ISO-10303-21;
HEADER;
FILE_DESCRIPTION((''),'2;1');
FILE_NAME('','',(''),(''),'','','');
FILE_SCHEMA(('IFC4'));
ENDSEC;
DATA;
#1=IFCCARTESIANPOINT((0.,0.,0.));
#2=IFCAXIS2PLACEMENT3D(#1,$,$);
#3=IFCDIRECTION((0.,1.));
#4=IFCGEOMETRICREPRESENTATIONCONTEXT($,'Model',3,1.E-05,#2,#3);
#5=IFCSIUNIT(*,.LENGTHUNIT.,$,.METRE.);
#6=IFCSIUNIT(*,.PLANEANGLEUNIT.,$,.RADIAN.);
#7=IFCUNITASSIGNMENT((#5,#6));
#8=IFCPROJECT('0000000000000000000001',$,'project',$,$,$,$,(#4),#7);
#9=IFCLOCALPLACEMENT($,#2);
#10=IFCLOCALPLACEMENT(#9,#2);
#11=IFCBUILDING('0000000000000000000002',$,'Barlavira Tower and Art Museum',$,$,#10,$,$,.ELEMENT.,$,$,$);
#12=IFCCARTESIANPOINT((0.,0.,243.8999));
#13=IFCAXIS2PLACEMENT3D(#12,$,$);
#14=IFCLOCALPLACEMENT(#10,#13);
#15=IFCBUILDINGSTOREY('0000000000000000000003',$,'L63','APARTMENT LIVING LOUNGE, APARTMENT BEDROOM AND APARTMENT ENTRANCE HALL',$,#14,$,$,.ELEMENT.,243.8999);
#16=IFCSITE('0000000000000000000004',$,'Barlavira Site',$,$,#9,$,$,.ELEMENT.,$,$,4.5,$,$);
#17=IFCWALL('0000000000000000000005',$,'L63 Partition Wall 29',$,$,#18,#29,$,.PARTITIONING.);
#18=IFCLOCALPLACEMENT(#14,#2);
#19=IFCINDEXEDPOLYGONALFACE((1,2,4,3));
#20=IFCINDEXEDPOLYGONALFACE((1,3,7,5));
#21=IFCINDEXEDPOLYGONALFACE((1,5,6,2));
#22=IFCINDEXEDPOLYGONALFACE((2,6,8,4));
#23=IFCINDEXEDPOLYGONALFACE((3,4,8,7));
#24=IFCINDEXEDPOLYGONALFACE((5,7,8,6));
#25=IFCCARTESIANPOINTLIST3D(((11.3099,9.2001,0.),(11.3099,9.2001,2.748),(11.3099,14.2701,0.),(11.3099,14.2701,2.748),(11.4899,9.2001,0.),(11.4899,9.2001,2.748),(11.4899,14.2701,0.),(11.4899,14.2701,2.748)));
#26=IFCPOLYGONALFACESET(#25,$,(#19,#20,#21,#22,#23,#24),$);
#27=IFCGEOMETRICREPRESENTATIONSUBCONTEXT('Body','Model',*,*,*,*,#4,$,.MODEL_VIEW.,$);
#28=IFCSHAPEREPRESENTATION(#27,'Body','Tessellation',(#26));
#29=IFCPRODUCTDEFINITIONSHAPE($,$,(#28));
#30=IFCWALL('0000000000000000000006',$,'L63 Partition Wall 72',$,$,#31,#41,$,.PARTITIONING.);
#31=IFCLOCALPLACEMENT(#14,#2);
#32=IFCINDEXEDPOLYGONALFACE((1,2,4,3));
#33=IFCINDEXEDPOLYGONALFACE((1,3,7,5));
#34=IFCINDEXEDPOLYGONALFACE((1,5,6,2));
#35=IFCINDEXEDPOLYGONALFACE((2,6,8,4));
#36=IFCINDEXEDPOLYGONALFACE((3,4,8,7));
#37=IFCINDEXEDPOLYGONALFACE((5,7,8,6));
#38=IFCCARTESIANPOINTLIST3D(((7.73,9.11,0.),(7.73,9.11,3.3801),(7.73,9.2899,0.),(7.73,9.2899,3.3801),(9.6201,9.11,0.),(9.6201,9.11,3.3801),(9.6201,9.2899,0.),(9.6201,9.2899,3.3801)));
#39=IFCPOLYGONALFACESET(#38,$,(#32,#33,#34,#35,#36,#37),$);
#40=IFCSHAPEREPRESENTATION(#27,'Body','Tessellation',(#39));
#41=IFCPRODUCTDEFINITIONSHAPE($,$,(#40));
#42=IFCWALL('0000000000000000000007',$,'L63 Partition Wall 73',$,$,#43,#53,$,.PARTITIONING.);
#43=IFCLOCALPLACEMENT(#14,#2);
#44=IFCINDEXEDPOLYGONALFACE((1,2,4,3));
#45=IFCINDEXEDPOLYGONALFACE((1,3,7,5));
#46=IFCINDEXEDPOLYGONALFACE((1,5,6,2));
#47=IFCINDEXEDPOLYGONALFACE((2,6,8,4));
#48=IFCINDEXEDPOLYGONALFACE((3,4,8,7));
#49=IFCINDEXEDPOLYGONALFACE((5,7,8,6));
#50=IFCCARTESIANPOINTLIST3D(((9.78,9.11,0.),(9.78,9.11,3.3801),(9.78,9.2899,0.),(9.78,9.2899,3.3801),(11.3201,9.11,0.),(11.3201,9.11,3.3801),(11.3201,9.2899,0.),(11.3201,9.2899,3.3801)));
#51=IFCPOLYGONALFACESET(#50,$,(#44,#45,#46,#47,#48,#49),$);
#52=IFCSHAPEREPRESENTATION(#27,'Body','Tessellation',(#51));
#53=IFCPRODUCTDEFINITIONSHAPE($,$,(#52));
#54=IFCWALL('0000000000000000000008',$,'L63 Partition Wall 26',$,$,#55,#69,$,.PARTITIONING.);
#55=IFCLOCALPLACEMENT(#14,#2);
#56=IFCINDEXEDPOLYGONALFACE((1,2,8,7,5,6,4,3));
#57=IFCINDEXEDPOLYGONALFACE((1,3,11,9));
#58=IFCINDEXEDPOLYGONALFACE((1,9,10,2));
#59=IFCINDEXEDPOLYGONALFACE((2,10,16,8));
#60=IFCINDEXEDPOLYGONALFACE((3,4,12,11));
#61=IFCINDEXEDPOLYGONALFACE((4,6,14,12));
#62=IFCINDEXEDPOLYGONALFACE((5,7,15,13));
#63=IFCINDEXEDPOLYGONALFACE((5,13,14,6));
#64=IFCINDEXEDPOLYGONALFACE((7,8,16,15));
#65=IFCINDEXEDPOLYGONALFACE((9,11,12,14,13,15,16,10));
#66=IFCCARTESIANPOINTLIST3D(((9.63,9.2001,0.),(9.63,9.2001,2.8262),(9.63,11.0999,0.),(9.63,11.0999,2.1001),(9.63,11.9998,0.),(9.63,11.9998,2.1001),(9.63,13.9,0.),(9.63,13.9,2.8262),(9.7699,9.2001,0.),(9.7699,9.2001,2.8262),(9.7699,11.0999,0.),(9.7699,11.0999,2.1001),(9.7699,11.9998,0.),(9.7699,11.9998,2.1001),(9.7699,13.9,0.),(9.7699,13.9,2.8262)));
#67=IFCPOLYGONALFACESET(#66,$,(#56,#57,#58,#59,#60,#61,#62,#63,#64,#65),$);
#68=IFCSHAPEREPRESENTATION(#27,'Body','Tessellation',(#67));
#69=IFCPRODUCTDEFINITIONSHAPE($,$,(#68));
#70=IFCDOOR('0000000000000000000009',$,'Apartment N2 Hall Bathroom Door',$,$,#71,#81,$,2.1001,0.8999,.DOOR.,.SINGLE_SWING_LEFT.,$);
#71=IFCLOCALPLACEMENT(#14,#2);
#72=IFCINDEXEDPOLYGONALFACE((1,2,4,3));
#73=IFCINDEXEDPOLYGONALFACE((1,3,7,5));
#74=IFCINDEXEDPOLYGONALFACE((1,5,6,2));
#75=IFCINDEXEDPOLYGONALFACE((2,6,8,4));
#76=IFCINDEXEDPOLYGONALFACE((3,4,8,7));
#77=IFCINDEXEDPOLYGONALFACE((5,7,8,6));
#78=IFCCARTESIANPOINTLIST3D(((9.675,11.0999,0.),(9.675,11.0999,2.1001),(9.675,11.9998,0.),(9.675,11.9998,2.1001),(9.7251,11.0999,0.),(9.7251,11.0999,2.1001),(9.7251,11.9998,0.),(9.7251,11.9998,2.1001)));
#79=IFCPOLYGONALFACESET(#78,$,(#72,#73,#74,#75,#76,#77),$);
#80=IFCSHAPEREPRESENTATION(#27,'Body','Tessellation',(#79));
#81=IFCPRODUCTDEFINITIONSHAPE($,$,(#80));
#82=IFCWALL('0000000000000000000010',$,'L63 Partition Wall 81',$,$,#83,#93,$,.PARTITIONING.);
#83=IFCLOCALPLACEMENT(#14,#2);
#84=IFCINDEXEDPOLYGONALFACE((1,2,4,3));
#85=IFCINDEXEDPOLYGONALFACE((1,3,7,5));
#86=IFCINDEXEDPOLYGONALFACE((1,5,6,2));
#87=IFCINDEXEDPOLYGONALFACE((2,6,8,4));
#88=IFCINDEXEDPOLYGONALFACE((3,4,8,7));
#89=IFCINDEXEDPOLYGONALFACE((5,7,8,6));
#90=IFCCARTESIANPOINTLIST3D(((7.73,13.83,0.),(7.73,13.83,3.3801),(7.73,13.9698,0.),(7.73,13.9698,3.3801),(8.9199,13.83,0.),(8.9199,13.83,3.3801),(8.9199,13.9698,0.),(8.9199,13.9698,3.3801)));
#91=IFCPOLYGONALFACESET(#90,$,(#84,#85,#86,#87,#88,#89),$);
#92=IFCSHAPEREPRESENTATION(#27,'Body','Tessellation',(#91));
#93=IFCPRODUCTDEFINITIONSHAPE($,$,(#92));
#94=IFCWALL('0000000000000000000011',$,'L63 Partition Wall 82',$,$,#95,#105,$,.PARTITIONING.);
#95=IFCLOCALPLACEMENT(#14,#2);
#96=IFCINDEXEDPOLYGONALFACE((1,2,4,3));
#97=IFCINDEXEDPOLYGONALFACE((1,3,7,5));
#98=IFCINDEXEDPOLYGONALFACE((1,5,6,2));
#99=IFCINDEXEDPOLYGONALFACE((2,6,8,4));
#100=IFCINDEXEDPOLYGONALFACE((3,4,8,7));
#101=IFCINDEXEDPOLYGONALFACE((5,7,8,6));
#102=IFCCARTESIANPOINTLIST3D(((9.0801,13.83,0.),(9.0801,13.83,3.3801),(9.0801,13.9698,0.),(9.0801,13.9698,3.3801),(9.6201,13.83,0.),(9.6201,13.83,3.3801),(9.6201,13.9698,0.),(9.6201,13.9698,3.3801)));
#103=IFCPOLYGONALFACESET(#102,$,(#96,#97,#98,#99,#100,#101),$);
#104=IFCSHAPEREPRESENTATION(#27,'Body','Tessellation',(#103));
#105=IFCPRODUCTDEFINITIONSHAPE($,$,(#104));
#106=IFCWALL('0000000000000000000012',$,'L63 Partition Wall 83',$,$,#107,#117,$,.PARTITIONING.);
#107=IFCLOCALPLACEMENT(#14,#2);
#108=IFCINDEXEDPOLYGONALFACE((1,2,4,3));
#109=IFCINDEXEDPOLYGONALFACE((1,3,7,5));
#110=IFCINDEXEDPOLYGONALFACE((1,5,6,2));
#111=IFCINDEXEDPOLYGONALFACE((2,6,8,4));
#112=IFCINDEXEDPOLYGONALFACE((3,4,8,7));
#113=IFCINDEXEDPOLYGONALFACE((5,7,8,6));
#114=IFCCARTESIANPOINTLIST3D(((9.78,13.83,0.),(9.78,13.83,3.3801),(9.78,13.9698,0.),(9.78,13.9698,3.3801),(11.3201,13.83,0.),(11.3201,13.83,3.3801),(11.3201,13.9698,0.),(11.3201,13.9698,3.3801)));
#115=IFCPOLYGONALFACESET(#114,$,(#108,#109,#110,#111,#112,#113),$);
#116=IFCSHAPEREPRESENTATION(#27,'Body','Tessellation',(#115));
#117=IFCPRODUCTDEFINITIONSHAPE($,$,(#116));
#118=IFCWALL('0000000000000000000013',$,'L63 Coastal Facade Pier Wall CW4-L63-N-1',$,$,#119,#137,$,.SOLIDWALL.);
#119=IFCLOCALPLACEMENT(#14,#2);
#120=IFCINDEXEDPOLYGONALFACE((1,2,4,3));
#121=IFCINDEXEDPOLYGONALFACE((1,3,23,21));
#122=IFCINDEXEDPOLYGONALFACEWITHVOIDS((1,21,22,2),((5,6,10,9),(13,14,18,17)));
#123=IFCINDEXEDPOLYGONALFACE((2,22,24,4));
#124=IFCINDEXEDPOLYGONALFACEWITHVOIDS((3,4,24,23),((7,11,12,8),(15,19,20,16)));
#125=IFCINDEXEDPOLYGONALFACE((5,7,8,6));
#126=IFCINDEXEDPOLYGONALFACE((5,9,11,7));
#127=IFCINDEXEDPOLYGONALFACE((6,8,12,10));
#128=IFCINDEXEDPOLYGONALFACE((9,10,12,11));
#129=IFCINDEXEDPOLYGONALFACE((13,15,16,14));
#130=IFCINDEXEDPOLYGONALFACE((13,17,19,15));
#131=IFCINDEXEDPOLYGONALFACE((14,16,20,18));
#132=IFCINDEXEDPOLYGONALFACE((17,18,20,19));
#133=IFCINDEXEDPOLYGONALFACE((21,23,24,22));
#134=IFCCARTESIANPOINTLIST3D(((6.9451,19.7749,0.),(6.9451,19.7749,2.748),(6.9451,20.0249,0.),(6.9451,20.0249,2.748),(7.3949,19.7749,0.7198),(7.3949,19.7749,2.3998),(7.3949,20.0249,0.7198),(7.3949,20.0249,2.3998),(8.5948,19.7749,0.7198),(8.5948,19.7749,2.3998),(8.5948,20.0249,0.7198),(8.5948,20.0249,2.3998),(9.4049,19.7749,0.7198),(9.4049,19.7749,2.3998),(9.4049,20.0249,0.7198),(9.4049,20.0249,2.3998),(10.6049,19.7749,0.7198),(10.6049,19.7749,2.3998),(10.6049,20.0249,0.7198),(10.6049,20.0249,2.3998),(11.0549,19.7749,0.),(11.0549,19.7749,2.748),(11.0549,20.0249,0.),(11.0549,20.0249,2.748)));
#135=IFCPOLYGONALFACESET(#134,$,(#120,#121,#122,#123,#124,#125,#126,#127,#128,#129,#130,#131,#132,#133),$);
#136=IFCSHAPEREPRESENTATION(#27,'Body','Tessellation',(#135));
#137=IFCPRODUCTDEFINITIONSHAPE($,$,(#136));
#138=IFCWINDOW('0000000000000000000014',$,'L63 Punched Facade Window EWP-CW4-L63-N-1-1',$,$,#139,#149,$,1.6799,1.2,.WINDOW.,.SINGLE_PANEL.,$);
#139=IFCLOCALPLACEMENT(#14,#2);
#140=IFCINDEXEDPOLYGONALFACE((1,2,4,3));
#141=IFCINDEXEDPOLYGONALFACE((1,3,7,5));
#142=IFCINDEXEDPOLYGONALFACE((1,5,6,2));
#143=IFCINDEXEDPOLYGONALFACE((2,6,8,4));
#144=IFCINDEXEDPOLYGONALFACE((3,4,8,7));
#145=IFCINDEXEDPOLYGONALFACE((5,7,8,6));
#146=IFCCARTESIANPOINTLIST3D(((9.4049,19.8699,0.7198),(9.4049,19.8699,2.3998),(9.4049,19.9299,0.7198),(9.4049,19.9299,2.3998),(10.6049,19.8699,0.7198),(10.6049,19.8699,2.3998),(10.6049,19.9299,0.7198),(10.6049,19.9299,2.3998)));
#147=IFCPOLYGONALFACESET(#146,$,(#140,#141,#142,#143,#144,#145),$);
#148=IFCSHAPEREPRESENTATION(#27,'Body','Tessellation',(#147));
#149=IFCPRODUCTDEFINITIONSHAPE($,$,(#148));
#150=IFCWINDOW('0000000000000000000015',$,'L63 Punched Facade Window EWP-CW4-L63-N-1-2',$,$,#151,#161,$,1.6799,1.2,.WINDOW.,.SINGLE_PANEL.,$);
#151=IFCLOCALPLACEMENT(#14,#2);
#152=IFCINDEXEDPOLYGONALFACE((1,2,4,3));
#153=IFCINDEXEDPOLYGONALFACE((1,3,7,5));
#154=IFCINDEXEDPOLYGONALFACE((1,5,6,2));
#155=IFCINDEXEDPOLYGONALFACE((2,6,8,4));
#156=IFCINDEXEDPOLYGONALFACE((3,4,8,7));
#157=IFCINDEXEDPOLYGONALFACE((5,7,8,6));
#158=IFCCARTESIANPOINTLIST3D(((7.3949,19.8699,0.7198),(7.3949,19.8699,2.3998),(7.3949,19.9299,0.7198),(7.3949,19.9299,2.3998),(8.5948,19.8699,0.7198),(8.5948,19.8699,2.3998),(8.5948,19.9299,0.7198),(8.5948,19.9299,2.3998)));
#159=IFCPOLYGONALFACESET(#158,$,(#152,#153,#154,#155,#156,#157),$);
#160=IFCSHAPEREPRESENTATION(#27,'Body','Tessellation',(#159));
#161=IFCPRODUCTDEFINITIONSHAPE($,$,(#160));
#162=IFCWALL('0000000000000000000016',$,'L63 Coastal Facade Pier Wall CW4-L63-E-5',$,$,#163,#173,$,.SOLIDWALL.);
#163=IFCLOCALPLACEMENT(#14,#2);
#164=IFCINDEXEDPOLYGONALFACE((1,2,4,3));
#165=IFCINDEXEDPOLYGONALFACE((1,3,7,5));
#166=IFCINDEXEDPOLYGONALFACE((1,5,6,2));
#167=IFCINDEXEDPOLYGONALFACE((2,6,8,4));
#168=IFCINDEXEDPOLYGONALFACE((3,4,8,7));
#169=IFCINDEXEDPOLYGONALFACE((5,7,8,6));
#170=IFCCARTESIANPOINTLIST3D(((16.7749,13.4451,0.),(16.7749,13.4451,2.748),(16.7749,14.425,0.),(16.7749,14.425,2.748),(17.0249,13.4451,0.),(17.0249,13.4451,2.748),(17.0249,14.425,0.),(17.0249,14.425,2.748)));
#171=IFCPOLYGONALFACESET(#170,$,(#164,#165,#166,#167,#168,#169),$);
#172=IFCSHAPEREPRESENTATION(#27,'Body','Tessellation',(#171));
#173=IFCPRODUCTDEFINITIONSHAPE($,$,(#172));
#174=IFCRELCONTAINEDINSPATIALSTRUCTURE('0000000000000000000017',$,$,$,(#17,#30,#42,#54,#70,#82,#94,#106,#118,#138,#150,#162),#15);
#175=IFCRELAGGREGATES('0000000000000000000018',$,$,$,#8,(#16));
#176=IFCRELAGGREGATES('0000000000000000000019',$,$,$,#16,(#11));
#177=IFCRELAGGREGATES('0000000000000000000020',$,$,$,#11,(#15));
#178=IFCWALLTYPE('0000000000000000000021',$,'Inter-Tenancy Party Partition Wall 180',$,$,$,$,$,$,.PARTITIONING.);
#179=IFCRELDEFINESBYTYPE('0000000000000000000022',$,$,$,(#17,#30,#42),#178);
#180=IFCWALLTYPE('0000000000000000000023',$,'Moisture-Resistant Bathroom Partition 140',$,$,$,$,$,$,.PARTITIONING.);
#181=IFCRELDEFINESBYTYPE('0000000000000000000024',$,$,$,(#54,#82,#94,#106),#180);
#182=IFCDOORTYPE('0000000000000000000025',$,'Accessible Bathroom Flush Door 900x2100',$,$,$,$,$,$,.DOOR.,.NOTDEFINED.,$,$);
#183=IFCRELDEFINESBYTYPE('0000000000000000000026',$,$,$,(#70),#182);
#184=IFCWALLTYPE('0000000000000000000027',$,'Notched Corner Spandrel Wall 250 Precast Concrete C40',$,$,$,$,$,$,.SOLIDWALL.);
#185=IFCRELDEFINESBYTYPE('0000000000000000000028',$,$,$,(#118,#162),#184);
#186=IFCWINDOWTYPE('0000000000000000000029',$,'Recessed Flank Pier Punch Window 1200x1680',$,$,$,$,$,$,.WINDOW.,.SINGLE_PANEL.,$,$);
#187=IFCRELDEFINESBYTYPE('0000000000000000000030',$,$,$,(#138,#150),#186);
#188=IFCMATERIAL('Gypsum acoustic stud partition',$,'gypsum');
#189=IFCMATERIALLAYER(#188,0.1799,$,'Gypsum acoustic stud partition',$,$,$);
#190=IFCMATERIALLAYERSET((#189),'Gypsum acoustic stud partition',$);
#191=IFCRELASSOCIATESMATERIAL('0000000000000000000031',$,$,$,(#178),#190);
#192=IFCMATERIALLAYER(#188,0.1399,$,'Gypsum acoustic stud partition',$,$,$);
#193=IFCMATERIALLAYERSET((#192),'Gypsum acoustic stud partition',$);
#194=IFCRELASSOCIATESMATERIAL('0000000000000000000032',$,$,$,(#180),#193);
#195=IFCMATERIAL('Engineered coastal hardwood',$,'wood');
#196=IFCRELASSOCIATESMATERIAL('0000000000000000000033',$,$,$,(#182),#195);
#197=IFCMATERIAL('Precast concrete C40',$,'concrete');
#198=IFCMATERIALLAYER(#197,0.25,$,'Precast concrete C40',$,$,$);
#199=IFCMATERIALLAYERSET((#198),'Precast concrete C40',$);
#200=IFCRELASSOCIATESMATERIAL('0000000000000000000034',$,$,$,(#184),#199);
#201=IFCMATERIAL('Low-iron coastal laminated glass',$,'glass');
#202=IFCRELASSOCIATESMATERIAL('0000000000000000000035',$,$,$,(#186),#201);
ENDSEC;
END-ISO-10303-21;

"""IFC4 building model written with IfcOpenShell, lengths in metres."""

from ifc_helpers import new_model, si_unit, direction, frame, frame_2d, origin, place, context, subcontext, project, spatial, rectangle, extrude, material, layer, layer_set, type_object, element, fill, save


model = new_model("IFC4")

# Units and contexts
model_context = context("Model", 3, precision=1e-05, world=origin(), true_north=direction((0.0, 1.0)))
body_context = subcontext(model_context, "Body", "Model", "MODEL_VIEW")
ifc_project = project(units=[si_unit("LENGTHUNIT", "METRE"), si_unit("PLANEANGLEUNIT", "RADIAN")], contexts=[model_context])

# Site, building, storey
site_placement = place(None, origin())
site = spatial("IfcSite", under=ifc_project, at=site_placement, Name="Barlavira Site", CompositionType="ELEMENT", RefElevation=4.5)
building_placement = place(site_placement, origin())
building = spatial("IfcBuilding", under=site, at=building_placement, Name="Barlavira Tower and Art Museum", CompositionType="ELEMENT")
storey_placement = place(building_placement, frame((0.0, 0.0, 243.8999)))
storey = spatial("IfcBuildingStorey", under=building, at=storey_placement, Name="L63", Description="APARTMENT LIVING LOUNGE, APARTMENT BEDROOM AND APARTMENT ENTRANCE HALL", CompositionType="ELEMENT", Elevation=243.8999)

# Shared definitions
ifc_material_1 = material(Name="Gypsum acoustic stud partition", Category="gypsum")
ifc_material_2 = material(Name="Engineered coastal hardwood", Category="wood")

# Walls
ifc_layer_1 = layer(ifc_material_1, 0.1799, Name="Gypsum acoustic stud partition")
ifc_layer_set_1 = layer_set([ifc_layer_1], Name="Gypsum acoustic stud partition")
wall_type_1 = type_object("IfcWallType", Name="Inter-Tenancy Party Partition Wall 180", PredefinedType="PARTITIONING", material=ifc_layer_set_1)
wall_1_placement = place(storey_placement, frame((11.3999, 9.2, 0.0), z_axis=(0.0, 0.0, 1.0), x_axis=(0.0, 1.0, 0.0)))
element("IfcWall", 1, at=wall_1_placement, inside=storey, type_object=wall_type_1, Name="L63 Partition Wall 29", PredefinedType="PARTITIONING", context=body_context, shape_type="SweptSolid", body=[
    extrude(rectangle(XDim=5.0701, YDim=0.1799, at=frame_2d((2.5352, 0.0))), origin(), (0.0, 0.0, 1.0), 2.748),
])
wall_2_placement = place(storey_placement, frame((7.73, 9.2, 0.0), z_axis=(0.0, 0.0, 1.0), x_axis=(1.0, 0.0, 0.0)))
element("IfcWall", 2, at=wall_2_placement, inside=storey, type_object=wall_type_1, Name="L63 Partition Wall 72", PredefinedType="PARTITIONING", context=body_context, shape_type="SweptSolid", body=[
    extrude(rectangle(XDim=1.8901, YDim=0.1799, at=frame_2d((0.9451, 0.0))), origin(), (0.0, 0.0, 1.0), 3.3801),
])
wall_3_placement = place(storey_placement, frame((9.78, 9.2, 0.0), z_axis=(0.0, 0.0, 1.0), x_axis=(1.0, 0.0, 0.0)))
element("IfcWall", 3, at=wall_3_placement, inside=storey, type_object=wall_type_1, Name="L63 Partition Wall 73", PredefinedType="PARTITIONING", context=body_context, shape_type="SweptSolid", body=[
    extrude(rectangle(XDim=1.54, YDim=0.1799, at=frame_2d((0.77, 0.0))), origin(), (0.0, 0.0, 1.0), 3.3801),
])

# Wall, opening, door
ifc_layer_2 = layer(ifc_material_1, 0.1399, Name="Gypsum acoustic stud partition")
ifc_layer_set_2 = layer_set([ifc_layer_2], Name="Gypsum acoustic stud partition")
wall_type_2 = type_object("IfcWallType", Name="Moisture-Resistant Bathroom Partition 140", PredefinedType="PARTITIONING", material=ifc_layer_set_2)
wall_4_placement = place(storey_placement, frame((9.7, 9.2, 0.0), z_axis=(0.0, 0.0, 1.0), x_axis=(0.0, 1.0, 0.0)))
wall_4 = element("IfcWall", 4, at=wall_4_placement, inside=storey, type_object=wall_type_2, Name="L63 Partition Wall 26", PredefinedType="PARTITIONING", context=body_context, shape_type="SweptSolid", body=[
    extrude(rectangle(XDim=4.7, YDim=0.1399, at=frame_2d((2.3501, 0.0))), origin(), (0.0, 0.0, 1.0), 2.8262),
])
opening_1_placement = place(wall_4_placement, frame((1.8999, 0.0, 0.0)))
opening_1 = element("IfcOpeningElement", 5, at=opening_1_placement, cuts=wall_4, PredefinedType="OPENING", context=body_context, shape_type="SweptSolid", body=[
    extrude(rectangle(XDim=0.8999, YDim=2.1001, at=frame_2d((0.45, 1.05))), frame((0.0, 0.0801, 0.0), z_axis=(0.0, -1.0, 0.0), x_axis=(1.0, 0.0, 0.0)), (0.0, 0.0, 1.0), 0.1599),
])
door_type_1 = type_object("IfcDoorType", Name="Accessible Bathroom Flush Door 900x2100", OperationType="NOTDEFINED", PredefinedType="DOOR", material=ifc_material_2)
door_1_placement = place(opening_1_placement, origin())
door_1 = element("IfcDoor", 6, at=door_1_placement, inside=storey, type_object=door_type_1, Name="Apartment N2 Hall Bathroom Door", OperationType="SINGLE_SWING_LEFT", OverallHeight=2.1001, OverallWidth=0.8999, PredefinedType="DOOR", context=body_context, shape_type="SweptSolid", body=[
    extrude(rectangle(XDim=0.8999, YDim=2.1001, at=frame_2d((0.45, 1.05))), frame((0.0, 0.0249, 0.0), z_axis=(0.0, -1.0, 0.0), x_axis=(1.0, 0.0, 0.0)), (0.0, 0.0, 1.0), 0.05),
])
fill(opening_1, door_1)

# Walls
wall_5_placement = place(storey_placement, frame((7.73, 13.8999, 0.0), z_axis=(0.0, 0.0, 1.0), x_axis=(1.0, 0.0, 0.0)))
element("IfcWall", 7, at=wall_5_placement, inside=storey, type_object=wall_type_2, Name="L63 Partition Wall 81", PredefinedType="PARTITIONING", context=body_context, shape_type="SweptSolid", body=[
    extrude(rectangle(XDim=1.1899, YDim=0.1399, at=frame_2d((0.595, 0.0))), origin(), (0.0, 0.0, 1.0), 3.3801),
])
wall_6_placement = place(storey_placement, frame((9.0801, 13.8999, 0.0), z_axis=(0.0, 0.0, 1.0), x_axis=(1.0, 0.0, 0.0)))
element("IfcWall", 8, at=wall_6_placement, inside=storey, type_object=wall_type_2, Name="L63 Partition Wall 82", PredefinedType="PARTITIONING", context=body_context, shape_type="SweptSolid", body=[
    extrude(rectangle(XDim=0.54, YDim=0.1399, at=frame_2d((0.27, 0.0))), origin(), (0.0, 0.0, 1.0), 3.3801),
])
wall_7_placement = place(storey_placement, frame((9.78, 13.8999, 0.0), z_axis=(0.0, 0.0, 1.0), x_axis=(1.0, 0.0, 0.0)))
element("IfcWall", 9, at=wall_7_placement, inside=storey, type_object=wall_type_2, Name="L63 Partition Wall 83", PredefinedType="PARTITIONING", context=body_context, shape_type="SweptSolid", body=[
    extrude(rectangle(XDim=1.54, YDim=0.1399, at=frame_2d((0.77, 0.0))), origin(), (0.0, 0.0, 1.0), 3.3801),
])

# Wall, openings, windows
ifc_material_3 = material(Name="Precast concrete C40", Category="concrete")
ifc_layer_3 = layer(ifc_material_3, 0.25, Name="Precast concrete C40")
ifc_layer_set_3 = layer_set([ifc_layer_3], Name="Precast concrete C40")
wall_type_3 = type_object("IfcWallType", Name="Notched Corner Spandrel Wall 250 Precast Concrete C40", PredefinedType="SOLIDWALL", material=ifc_layer_set_3)
wall_8_placement = place(storey_placement, frame((11.0549, 19.8999, 0.0), z_axis=(0.0, 0.0, 1.0), x_axis=(-1.0, 0.0, 0.0)))
wall_8 = element("IfcWall", 10, at=wall_8_placement, inside=storey, type_object=wall_type_3, Name="L63 Coastal Facade Pier Wall CW4-L63-N-1", PredefinedType="SOLIDWALL", context=body_context, shape_type="SweptSolid", body=[
    extrude(rectangle(XDim=4.1099, YDim=0.25, at=frame_2d((2.0549, 0.0))), origin(), (0.0, 0.0, 1.0), 2.748),
])
opening_2_placement = place(wall_8_placement, frame((0.45, 0.0, 0.72)))
opening_2 = element("IfcOpeningElement", 11, at=opening_2_placement, cuts=wall_8, PredefinedType="OPENING", context=body_context, shape_type="SweptSolid", body=[
    extrude(rectangle(XDim=1.2, YDim=1.6799, at=frame_2d((0.6001, 0.8398))), frame((0.0, 0.135, 0.0), z_axis=(0.0, -1.0, 0.0), x_axis=(1.0, 0.0, 0.0)), (0.0, 0.0, 1.0), 0.27),
])
opening_3_placement = place(wall_8_placement, frame((2.46, 0.0, 0.72)))
opening_3 = element("IfcOpeningElement", 12, at=opening_3_placement, cuts=wall_8, PredefinedType="OPENING", context=body_context, shape_type="SweptSolid", body=[
    extrude(rectangle(XDim=1.2, YDim=1.6799, at=frame_2d((0.6001, 0.8398))), frame((0.0, 0.135, 0.0), z_axis=(0.0, -1.0, 0.0), x_axis=(1.0, 0.0, 0.0)), (0.0, 0.0, 1.0), 0.27),
])
ifc_material_4 = material(Name="Low-iron coastal laminated glass", Category="glass")
window_type_1 = type_object("IfcWindowType", Name="Recessed Flank Pier Punch Window 1200x1680", PartitioningType="SINGLE_PANEL", PredefinedType="WINDOW", material=ifc_material_4)
window_1_placement = place(opening_2_placement, origin())
window_1 = element("IfcWindow", 13, at=window_1_placement, inside=storey, type_object=window_type_1, Name="L63 Punched Facade Window EWP-CW4-L63-N-1-1", OverallHeight=1.6799, OverallWidth=1.2, PartitioningType="SINGLE_PANEL", PredefinedType="WINDOW", context=body_context, shape_type="SweptSolid", body=[
    extrude(rectangle(XDim=1.2, YDim=1.6799, at=frame_2d((0.6001, 0.8398))), frame((0.0, 0.03, 0.0), z_axis=(0.0, -1.0, 0.0), x_axis=(1.0, 0.0, 0.0)), (0.0, 0.0, 1.0), 0.0601),
])
fill(opening_2, window_1)
window_2_placement = place(opening_3_placement, origin())
window_2 = element("IfcWindow", 14, at=window_2_placement, inside=storey, type_object=window_type_1, Name="L63 Punched Facade Window EWP-CW4-L63-N-1-2", OverallHeight=1.6799, OverallWidth=1.2, PartitioningType="SINGLE_PANEL", PredefinedType="WINDOW", context=body_context, shape_type="SweptSolid", body=[
    extrude(rectangle(XDim=1.2, YDim=1.6799, at=frame_2d((0.6001, 0.8398))), frame((0.0, 0.03, 0.0), z_axis=(0.0, -1.0, 0.0), x_axis=(1.0, 0.0, 0.0)), (0.0, 0.0, 1.0), 0.0601),
])
fill(opening_3, window_2)

# Wall
wall_9_placement = place(storey_placement, frame((16.8999, 13.4451, 0.0), z_axis=(0.0, 0.0, 1.0), x_axis=(0.0, 1.0, 0.0)))
element("IfcWall", 15, at=wall_9_placement, inside=storey, type_object=wall_type_3, Name="L63 Coastal Facade Pier Wall CW4-L63-E-5", PredefinedType="SOLIDWALL", context=body_context, shape_type="SweptSolid", body=[
    extrude(rectangle(XDim=0.98, YDim=0.25, at=frame_2d((0.49, 0.0))), origin(), (0.0, 0.0, 1.0), 2.748),
])

save(model, "model.ifc")
